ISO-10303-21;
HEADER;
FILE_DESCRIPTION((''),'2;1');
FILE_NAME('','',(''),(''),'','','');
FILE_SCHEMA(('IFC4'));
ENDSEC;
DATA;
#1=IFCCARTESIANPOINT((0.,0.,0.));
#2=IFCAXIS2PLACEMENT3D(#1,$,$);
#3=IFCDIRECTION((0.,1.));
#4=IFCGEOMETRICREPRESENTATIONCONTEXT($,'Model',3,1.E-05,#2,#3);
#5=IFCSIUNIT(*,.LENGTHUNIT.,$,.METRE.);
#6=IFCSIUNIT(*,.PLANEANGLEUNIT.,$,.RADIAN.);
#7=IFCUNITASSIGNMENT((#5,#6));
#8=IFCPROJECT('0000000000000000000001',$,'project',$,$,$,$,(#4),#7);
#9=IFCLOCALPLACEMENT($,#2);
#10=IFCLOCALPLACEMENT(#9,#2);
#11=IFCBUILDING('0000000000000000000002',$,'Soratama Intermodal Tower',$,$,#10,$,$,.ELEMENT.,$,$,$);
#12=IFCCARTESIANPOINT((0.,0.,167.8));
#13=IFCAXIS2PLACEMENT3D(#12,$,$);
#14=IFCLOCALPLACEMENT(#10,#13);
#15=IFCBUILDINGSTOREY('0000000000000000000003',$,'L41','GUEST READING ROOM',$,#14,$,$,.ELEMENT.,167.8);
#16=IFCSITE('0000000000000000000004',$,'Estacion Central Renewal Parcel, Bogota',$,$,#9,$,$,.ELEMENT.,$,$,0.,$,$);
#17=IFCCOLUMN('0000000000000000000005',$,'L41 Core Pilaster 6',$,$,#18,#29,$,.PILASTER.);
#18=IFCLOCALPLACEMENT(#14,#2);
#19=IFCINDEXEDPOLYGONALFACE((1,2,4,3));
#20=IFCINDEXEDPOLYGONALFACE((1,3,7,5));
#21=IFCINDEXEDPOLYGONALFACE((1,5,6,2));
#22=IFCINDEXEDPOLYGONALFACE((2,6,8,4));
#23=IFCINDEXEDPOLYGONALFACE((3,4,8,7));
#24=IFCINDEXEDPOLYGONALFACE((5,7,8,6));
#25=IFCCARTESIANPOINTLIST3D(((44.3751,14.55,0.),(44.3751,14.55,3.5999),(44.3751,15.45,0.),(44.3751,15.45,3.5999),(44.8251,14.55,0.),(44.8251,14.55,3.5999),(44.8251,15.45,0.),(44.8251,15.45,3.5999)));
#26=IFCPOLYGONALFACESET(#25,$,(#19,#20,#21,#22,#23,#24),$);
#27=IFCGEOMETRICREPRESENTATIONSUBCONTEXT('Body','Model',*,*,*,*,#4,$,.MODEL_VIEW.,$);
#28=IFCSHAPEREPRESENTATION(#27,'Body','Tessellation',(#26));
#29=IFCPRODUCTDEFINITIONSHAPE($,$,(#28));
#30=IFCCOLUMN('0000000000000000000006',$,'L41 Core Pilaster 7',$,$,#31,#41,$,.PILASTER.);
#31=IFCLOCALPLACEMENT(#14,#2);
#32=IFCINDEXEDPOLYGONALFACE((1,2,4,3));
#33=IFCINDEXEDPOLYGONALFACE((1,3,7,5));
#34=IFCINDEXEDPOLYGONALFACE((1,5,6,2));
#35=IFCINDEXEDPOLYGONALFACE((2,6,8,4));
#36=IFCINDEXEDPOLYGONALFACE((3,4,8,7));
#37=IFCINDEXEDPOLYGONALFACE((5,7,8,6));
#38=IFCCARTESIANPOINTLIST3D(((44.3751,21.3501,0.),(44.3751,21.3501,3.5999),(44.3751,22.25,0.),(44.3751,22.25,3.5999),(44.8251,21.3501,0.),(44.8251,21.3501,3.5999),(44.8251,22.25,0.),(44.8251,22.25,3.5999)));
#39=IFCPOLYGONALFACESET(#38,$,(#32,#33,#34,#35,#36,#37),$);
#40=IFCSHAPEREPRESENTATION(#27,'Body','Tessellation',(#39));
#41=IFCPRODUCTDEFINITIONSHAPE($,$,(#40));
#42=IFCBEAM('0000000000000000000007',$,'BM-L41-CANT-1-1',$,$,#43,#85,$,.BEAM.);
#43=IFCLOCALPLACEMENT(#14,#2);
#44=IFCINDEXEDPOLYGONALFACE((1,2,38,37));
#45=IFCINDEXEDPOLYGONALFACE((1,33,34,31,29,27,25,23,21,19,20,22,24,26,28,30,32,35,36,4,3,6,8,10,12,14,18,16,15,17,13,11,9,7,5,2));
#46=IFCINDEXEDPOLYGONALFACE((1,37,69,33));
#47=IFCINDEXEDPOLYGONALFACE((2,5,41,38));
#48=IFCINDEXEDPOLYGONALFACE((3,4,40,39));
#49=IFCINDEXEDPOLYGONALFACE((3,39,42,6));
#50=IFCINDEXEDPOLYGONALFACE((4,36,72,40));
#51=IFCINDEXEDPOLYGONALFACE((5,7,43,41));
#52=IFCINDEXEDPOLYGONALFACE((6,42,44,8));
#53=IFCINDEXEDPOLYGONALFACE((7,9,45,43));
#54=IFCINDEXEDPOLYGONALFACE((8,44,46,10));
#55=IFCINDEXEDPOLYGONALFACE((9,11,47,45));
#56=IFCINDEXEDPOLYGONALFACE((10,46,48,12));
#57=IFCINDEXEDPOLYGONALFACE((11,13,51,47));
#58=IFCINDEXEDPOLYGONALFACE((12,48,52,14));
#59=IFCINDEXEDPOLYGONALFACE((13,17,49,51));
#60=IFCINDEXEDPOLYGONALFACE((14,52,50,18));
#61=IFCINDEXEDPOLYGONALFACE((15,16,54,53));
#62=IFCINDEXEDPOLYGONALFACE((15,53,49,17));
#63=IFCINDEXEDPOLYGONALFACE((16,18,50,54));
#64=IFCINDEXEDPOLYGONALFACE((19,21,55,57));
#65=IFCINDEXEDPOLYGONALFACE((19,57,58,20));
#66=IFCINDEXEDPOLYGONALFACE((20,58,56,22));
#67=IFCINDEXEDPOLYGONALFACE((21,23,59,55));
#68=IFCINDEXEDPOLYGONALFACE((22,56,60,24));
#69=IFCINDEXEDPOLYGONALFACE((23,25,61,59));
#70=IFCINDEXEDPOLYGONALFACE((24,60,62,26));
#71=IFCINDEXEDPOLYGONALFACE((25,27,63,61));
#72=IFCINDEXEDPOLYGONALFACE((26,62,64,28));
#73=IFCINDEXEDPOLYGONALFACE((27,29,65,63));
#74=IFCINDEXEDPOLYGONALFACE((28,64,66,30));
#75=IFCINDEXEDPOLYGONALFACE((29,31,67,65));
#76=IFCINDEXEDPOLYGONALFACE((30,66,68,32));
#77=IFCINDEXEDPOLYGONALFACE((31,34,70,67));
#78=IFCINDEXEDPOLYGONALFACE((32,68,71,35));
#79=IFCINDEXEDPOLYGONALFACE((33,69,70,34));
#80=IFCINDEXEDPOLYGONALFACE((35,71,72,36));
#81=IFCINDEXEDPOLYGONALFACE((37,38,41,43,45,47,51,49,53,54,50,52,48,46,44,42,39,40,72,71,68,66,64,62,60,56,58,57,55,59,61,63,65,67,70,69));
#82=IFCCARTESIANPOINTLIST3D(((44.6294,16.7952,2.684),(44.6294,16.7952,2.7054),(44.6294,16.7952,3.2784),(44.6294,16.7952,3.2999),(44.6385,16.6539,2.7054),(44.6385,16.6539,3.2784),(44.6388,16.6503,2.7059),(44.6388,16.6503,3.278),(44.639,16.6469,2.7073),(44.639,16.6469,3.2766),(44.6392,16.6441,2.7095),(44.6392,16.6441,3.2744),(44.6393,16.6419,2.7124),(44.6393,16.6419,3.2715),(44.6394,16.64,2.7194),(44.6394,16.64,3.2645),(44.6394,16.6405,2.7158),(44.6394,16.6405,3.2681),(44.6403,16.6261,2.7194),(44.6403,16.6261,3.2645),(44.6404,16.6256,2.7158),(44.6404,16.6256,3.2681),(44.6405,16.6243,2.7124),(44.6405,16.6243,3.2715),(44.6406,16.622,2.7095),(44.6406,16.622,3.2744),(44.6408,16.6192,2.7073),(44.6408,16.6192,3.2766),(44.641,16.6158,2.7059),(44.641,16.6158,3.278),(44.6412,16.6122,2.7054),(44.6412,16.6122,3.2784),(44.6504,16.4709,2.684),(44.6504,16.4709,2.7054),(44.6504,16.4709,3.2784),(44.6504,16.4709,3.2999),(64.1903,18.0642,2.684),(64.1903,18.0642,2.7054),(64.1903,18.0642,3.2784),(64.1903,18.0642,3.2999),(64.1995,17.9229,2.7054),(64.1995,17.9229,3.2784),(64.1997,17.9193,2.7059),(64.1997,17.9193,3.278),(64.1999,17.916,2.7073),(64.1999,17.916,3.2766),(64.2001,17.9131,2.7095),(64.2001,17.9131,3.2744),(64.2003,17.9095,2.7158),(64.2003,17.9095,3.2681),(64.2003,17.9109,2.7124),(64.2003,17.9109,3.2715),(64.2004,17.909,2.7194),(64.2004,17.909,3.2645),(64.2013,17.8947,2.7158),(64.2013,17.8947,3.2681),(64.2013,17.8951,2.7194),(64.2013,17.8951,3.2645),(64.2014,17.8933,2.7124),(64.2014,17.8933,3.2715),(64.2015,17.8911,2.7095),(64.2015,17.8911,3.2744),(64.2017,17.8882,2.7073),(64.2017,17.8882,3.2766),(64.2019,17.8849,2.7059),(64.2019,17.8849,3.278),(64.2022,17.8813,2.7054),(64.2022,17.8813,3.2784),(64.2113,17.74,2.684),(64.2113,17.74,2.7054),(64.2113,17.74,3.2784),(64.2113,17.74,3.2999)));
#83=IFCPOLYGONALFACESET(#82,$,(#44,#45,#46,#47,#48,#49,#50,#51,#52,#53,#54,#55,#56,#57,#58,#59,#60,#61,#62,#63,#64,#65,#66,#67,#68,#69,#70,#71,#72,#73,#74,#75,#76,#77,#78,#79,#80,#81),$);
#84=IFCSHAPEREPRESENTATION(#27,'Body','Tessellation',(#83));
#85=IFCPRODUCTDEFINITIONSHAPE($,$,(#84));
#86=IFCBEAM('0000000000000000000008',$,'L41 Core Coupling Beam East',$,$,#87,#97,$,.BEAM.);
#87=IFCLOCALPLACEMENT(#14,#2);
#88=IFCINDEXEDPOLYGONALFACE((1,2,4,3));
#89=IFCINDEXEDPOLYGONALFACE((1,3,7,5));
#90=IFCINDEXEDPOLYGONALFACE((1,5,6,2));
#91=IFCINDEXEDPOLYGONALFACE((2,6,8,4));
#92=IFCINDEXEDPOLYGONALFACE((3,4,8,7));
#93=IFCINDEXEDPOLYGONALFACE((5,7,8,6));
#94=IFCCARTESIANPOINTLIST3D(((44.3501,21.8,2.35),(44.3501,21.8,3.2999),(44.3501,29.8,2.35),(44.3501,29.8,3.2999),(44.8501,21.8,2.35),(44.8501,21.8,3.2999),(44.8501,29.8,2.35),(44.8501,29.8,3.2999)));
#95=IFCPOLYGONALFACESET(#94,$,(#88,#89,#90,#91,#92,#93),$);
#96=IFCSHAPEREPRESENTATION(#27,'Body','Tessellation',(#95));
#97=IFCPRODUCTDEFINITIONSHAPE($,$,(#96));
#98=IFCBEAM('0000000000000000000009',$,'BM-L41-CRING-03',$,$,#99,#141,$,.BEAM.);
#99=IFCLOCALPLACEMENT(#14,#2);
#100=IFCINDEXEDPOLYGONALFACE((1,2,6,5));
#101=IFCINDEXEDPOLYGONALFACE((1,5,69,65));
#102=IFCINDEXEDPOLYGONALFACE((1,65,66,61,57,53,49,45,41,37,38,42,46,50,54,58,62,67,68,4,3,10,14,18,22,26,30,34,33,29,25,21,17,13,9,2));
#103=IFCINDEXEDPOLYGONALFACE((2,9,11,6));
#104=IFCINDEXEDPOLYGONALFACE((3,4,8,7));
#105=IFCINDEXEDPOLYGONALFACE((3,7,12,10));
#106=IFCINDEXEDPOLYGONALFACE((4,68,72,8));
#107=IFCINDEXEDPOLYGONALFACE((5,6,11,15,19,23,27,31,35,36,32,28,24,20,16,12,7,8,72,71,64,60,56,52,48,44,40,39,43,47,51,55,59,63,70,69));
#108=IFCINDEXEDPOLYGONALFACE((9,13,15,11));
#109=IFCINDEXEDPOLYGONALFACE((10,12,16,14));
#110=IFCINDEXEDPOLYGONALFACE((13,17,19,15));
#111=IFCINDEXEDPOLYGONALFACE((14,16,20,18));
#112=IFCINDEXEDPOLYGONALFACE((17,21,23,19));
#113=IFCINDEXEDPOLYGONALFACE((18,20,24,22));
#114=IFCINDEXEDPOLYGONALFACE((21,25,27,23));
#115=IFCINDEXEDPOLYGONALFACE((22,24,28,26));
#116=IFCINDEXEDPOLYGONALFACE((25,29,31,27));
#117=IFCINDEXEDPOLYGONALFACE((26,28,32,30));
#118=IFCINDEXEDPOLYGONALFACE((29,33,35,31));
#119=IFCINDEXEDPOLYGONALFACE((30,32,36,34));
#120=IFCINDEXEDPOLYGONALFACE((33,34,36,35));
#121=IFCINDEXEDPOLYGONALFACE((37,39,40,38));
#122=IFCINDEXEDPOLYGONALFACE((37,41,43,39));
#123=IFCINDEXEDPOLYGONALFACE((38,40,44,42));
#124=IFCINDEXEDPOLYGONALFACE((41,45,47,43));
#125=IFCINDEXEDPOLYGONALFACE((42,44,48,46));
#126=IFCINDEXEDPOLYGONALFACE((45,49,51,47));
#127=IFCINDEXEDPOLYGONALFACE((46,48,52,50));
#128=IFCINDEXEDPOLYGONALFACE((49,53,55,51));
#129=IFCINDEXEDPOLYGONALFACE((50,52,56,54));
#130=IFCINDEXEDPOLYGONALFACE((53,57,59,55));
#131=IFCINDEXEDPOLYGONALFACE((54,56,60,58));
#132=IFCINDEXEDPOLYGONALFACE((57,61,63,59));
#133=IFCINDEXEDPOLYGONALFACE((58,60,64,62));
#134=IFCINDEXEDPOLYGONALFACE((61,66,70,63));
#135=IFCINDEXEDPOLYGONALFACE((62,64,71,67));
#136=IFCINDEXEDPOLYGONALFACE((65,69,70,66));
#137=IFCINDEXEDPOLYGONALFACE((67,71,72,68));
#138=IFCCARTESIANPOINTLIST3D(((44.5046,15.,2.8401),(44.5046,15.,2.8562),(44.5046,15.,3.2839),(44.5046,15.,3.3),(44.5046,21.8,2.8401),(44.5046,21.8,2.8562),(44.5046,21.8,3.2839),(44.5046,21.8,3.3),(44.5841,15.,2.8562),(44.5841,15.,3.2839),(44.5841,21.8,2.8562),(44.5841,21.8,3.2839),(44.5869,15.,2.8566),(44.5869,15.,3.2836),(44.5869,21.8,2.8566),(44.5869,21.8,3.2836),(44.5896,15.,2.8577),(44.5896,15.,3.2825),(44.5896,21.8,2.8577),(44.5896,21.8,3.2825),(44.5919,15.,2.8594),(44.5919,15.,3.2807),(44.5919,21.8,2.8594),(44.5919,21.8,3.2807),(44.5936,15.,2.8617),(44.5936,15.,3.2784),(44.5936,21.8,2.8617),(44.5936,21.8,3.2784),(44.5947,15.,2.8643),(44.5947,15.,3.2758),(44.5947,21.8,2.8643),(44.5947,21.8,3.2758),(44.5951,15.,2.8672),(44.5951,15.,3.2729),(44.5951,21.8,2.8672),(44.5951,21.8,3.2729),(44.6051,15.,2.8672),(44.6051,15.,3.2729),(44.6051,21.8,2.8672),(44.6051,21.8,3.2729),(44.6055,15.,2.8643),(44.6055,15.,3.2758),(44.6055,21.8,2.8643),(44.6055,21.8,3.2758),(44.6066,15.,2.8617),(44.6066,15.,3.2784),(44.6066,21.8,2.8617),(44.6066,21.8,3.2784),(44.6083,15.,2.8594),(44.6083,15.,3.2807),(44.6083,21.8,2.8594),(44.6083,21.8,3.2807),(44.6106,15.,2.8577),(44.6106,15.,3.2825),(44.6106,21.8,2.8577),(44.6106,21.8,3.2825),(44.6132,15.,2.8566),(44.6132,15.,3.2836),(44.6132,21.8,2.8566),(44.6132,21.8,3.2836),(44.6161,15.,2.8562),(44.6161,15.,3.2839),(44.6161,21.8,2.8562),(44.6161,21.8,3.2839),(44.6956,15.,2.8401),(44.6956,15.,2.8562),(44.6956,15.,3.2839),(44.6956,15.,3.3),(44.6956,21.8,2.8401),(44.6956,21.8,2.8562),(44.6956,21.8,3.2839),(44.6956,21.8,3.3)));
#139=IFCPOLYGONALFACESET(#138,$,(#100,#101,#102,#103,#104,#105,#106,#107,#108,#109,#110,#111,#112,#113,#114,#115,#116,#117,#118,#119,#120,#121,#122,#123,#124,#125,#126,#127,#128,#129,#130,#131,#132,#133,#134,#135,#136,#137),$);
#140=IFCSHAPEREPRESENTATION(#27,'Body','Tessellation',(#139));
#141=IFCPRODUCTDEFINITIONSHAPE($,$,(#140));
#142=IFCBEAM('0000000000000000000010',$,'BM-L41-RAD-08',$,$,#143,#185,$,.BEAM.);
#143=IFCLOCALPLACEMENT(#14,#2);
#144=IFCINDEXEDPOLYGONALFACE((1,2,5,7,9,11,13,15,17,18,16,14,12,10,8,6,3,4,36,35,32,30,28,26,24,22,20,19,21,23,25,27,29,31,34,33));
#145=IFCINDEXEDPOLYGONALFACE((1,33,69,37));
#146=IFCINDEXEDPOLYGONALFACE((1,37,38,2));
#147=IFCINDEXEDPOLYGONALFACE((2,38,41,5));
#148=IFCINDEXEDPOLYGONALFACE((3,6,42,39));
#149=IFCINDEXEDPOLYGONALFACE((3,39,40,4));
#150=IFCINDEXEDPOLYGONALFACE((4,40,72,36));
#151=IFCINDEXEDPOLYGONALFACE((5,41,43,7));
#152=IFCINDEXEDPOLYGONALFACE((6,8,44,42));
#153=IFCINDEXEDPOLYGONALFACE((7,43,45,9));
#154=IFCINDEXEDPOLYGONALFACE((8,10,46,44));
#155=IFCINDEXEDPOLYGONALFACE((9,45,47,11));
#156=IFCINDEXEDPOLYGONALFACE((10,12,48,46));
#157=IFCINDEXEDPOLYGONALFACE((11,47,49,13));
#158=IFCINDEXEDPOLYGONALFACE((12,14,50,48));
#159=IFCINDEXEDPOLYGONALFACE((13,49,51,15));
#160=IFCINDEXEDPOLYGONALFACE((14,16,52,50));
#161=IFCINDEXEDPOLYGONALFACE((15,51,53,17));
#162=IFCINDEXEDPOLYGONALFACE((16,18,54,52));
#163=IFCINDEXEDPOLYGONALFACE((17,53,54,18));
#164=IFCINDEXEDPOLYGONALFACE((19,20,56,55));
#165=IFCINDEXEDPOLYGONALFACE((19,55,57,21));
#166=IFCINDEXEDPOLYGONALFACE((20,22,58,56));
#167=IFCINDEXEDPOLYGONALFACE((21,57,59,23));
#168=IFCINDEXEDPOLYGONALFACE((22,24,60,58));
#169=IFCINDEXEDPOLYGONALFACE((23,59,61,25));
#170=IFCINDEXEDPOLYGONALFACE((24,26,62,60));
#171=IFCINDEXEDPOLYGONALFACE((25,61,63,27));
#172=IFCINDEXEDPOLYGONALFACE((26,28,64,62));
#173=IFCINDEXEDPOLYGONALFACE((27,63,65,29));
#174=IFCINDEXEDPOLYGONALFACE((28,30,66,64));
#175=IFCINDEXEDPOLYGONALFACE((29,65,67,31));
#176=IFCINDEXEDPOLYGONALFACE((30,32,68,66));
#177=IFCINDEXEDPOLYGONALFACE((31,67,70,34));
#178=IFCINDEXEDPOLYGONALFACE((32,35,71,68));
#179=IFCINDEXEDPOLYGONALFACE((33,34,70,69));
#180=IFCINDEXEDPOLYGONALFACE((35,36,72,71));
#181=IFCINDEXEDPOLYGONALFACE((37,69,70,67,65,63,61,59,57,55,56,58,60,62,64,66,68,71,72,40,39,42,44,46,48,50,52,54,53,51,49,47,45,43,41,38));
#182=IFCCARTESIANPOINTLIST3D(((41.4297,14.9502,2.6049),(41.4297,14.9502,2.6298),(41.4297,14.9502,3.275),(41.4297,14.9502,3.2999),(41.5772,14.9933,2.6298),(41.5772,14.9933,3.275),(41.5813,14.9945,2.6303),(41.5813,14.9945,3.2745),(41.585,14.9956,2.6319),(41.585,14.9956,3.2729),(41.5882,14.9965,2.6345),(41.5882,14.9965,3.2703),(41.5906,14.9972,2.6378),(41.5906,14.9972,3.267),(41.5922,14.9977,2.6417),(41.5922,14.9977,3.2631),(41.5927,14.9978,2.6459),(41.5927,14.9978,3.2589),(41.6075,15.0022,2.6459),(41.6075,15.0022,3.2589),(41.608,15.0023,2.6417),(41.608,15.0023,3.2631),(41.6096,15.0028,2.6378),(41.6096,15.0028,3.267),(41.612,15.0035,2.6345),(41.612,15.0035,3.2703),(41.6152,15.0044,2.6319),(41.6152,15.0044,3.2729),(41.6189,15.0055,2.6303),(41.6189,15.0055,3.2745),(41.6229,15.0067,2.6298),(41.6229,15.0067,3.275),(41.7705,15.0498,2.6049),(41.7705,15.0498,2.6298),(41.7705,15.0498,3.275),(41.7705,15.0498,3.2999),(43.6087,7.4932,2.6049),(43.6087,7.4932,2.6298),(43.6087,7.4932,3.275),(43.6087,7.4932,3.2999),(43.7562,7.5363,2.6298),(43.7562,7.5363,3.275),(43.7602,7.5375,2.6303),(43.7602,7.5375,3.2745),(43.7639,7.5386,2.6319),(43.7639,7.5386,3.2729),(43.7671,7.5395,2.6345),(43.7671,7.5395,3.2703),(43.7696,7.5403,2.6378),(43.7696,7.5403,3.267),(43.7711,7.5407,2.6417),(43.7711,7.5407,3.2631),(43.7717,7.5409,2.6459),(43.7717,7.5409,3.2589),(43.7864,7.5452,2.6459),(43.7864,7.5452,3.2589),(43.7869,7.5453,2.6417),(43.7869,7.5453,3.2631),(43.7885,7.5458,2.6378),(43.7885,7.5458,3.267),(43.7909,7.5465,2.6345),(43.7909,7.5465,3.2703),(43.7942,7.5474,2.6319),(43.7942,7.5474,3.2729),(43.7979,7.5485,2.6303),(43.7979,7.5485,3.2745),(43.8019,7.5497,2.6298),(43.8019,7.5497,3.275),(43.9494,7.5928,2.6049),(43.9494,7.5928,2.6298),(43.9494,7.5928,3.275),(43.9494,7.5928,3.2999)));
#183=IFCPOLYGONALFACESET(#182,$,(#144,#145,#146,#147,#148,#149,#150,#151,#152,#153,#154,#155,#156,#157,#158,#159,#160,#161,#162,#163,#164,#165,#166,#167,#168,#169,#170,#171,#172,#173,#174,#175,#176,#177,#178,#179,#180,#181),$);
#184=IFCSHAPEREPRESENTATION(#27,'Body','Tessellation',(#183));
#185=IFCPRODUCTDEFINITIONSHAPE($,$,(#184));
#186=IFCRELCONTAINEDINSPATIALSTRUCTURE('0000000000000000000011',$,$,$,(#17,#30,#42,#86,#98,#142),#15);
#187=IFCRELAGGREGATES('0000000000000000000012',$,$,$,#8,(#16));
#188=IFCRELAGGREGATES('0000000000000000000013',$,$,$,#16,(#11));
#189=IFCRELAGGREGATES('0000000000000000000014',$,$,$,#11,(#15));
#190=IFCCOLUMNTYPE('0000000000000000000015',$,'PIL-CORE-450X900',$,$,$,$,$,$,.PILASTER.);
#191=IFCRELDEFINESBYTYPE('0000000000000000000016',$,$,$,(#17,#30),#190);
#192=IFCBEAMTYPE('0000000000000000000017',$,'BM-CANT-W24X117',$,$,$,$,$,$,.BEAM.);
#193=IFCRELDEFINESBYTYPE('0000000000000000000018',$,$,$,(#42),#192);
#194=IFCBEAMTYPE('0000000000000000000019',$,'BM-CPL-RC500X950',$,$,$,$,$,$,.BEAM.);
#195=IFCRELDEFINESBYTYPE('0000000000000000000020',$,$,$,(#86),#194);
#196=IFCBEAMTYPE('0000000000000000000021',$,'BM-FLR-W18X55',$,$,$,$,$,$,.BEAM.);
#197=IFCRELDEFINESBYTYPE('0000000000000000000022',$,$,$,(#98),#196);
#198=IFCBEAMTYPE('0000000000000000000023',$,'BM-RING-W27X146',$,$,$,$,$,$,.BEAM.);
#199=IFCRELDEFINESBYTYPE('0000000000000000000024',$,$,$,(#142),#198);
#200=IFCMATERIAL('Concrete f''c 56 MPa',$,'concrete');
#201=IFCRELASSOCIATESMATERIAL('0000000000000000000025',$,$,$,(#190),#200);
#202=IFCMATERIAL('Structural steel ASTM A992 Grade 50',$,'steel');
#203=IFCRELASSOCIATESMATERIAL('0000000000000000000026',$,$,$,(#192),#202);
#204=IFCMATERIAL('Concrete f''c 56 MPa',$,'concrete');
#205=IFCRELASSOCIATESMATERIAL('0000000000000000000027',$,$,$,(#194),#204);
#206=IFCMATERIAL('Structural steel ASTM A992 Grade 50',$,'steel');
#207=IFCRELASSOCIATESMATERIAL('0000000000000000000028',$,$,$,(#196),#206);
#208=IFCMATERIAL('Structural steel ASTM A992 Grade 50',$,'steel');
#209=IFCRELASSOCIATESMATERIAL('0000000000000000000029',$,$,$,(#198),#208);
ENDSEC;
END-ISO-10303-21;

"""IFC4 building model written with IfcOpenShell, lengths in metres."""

from ifc_helpers import new_model, si_unit, direction, frame, origin, origin_2d, place, context, subcontext, project, spatial, rectangle, i_section, extrude, material, material_profile, profile_set, type_object, element, save


model = new_model("IFC4")

# Units and contexts
model_context = context("Model", 3, precision=1e-05, world=origin(), true_north=direction((0.0, 1.0)))
body_context = subcontext(model_context, "Body", "Model", "MODEL_VIEW")
ifc_project = project(units=[si_unit("LENGTHUNIT", "METRE"), si_unit("PLANEANGLEUNIT", "RADIAN")], contexts=[model_context])

# Site, building, storey
site_placement = place(None, origin())
site = spatial("IfcSite", under=ifc_project, at=site_placement, Name="Estacion Central Renewal Parcel, Bogota", CompositionType="ELEMENT", RefElevation=0.0)
building_placement = place(site_placement, origin())
building = spatial("IfcBuilding", under=site, at=building_placement, Name="Soratama Intermodal Tower", CompositionType="ELEMENT")
storey_placement = place(building_placement, frame((0.0, 0.0, 167.8)))
storey = spatial("IfcBuildingStorey", under=building, at=storey_placement, Name="L41", Description="GUEST READING ROOM", CompositionType="ELEMENT", Elevation=167.8)

# Columns
ifc_material_1 = material(Name="Concrete f'c 56 MPa", Category="concrete")
ifc_material_profile_1 = material_profile(ifc_material_1, rectangle(XDim=0.45, YDim=0.8999, at=origin_2d()), Name="RC450X900")
ifc_profile_set_1 = profile_set([ifc_material_profile_1], Name="Concrete f'c 56 MPa")
column_type = type_object("IfcColumnType", Name="PIL-CORE-450X900", PredefinedType="PILASTER", material=ifc_profile_set_1)
for number, where, z_axis, x_axis, name in (
    (1, (44.6001, 15.0, 0.0), (0.0, 0.0, 1.0), (1.0, 0.0, 0.0), "L41 Core Pilaster 6"),
    (2, (44.6001, 21.8, 0.0), (0.0, 0.0, 1.0), (1.0, 0.0, 0.0), "L41 Core Pilaster 7"),
):
    element("IfcColumn", number, at=place(storey_placement, frame(where, z_axis=z_axis, x_axis=x_axis)), inside=storey, type_object=column_type, Name=name, PredefinedType="PILASTER", context=body_context, shape_type="SweptSolid", body=[
        extrude(rectangle(XDim=0.45, YDim=0.8999, at=origin_2d()), origin(), (0.0, 0.0, 1.0), 3.5999),
    ])

# Beams
ifc_material_2 = material(Name="Structural steel ASTM A992 Grade 50", Category="steel")
ifc_material_profile_2 = material_profile(ifc_material_2, i_section(OverallWidth=0.325, OverallDepth=0.616, WebThickness=0.0139, FlangeThickness=0.0215, FilletRadius=0.0139, at=origin_2d()), Name="W24X117")
ifc_profile_set_2 = profile_set([ifc_material_profile_2], Name="Structural steel ASTM A992 Grade 50")
beam_type_1 = type_object("IfcBeamType", Name="BM-CANT-W24X117", PredefinedType="BEAM", material=ifc_profile_set_2)
beam_1_placement = place(storey_placement, frame((44.6399, 16.6331, 2.9919), z_axis=(0.997902, 0.06474, 0.0), x_axis=(-0.06474, 0.997902, 0.0)))
element("IfcBeam", 3, at=beam_1_placement, inside=storey, type_object=beam_type_1, Name="BM-L41-CANT-1-1", PredefinedType="BEAM", context=body_context, shape_type="SweptSolid", body=[
    extrude(i_section(OverallWidth=0.325, OverallDepth=0.616, WebThickness=0.0139, FlangeThickness=0.0215, FilletRadius=0.0139, at=origin_2d()), origin(), (0.0, 0.0, 1.0), 19.6021),
])
ifc_material_3 = material(Name="Concrete f'c 56 MPa", Category="concrete")
ifc_material_profile_3 = material_profile(ifc_material_3, rectangle(XDim=0.5, YDim=0.95, at=origin_2d()), Name="RC500X950")
ifc_profile_set_3 = profile_set([ifc_material_profile_3], Name="Concrete f'c 56 MPa")
beam_type_2 = type_object("IfcBeamType", Name="BM-CPL-RC500X950", PredefinedType="BEAM", material=ifc_profile_set_3)
beam_2_placement = place(storey_placement, frame((44.6001, 21.8, 2.825), z_axis=(0.0, 1.0, 0.0), x_axis=(-1.0, 0.0, 0.0)))
element("IfcBeam", 4, at=beam_2_placement, inside=storey, type_object=beam_type_2, Name="L41 Core Coupling Beam East", PredefinedType="BEAM", context=body_context, shape_type="SweptSolid", body=[
    extrude(rectangle(XDim=0.5, YDim=0.95, at=origin_2d()), origin(), (0.0, 0.0, 1.0), 8.0),
])
ifc_material_4 = material(Name="Structural steel ASTM A992 Grade 50", Category="steel")
ifc_material_profile_4 = material_profile(ifc_material_4, i_section(OverallWidth=0.1909, OverallDepth=0.46, WebThickness=0.01, FlangeThickness=0.0161, FilletRadius=0.011, at=origin_2d()), Name="W18X55")
ifc_profile_set_4 = profile_set([ifc_material_profile_4], Name="Structural steel ASTM A992 Grade 50")
beam_type_3 = type_object("IfcBeamType", Name="BM-FLR-W18X55", PredefinedType="BEAM", material=ifc_profile_set_4)
beam_3_placement = place(storey_placement, frame((44.6001, 15.0, 3.0701), z_axis=(0.0, 1.0, 0.0), x_axis=(-1.0, 0.0, 0.0)))
element("IfcBeam", 5, at=beam_3_placement, inside=storey, type_object=beam_type_3, Name="BM-L41-CRING-03", PredefinedType="BEAM", context=body_context, shape_type="SweptSolid", body=[
    extrude(i_section(OverallWidth=0.1909, OverallDepth=0.46, WebThickness=0.01, FlangeThickness=0.0161, FilletRadius=0.011, at=origin_2d()), origin(), (0.0, 0.0, 1.0), 6.8),
])
ifc_material_5 = material(Name="Structural steel ASTM A992 Grade 50", Category="steel")
ifc_material_profile_5 = material_profile(ifc_material_5, i_section(OverallWidth=0.355, OverallDepth=0.6951, WebThickness=0.0154, FlangeThickness=0.0249, FilletRadius=0.0161, at=origin_2d()), Name="W27X146")
ifc_profile_set_5 = profile_set([ifc_material_profile_5], Name="Structural steel ASTM A992 Grade 50")
beam_type_4 = type_object("IfcBeamType", Name="BM-RING-W27X146", PredefinedType="BEAM", material=ifc_profile_set_5)
beam_4_placement = place(storey_placement, frame((41.6001, 15.0, 2.9524), z_axis=(0.280473, -0.959862, 0.0), x_axis=(0.959862, 0.280473, 0.0)))
element("IfcBeam", 6, at=beam_4_placement, inside=storey, type_object=beam_type_4, Name="BM-L41-RAD-08", PredefinedType="BEAM", context=body_context, shape_type="SweptSolid", body=[
    extrude(i_section(OverallWidth=0.355, OverallDepth=0.6951, WebThickness=0.0154, FlangeThickness=0.0249, FilletRadius=0.0161, at=origin_2d()), origin(), (0.0, 0.0, 1.0), 7.7688),
])

save(model, "model.ifc")
